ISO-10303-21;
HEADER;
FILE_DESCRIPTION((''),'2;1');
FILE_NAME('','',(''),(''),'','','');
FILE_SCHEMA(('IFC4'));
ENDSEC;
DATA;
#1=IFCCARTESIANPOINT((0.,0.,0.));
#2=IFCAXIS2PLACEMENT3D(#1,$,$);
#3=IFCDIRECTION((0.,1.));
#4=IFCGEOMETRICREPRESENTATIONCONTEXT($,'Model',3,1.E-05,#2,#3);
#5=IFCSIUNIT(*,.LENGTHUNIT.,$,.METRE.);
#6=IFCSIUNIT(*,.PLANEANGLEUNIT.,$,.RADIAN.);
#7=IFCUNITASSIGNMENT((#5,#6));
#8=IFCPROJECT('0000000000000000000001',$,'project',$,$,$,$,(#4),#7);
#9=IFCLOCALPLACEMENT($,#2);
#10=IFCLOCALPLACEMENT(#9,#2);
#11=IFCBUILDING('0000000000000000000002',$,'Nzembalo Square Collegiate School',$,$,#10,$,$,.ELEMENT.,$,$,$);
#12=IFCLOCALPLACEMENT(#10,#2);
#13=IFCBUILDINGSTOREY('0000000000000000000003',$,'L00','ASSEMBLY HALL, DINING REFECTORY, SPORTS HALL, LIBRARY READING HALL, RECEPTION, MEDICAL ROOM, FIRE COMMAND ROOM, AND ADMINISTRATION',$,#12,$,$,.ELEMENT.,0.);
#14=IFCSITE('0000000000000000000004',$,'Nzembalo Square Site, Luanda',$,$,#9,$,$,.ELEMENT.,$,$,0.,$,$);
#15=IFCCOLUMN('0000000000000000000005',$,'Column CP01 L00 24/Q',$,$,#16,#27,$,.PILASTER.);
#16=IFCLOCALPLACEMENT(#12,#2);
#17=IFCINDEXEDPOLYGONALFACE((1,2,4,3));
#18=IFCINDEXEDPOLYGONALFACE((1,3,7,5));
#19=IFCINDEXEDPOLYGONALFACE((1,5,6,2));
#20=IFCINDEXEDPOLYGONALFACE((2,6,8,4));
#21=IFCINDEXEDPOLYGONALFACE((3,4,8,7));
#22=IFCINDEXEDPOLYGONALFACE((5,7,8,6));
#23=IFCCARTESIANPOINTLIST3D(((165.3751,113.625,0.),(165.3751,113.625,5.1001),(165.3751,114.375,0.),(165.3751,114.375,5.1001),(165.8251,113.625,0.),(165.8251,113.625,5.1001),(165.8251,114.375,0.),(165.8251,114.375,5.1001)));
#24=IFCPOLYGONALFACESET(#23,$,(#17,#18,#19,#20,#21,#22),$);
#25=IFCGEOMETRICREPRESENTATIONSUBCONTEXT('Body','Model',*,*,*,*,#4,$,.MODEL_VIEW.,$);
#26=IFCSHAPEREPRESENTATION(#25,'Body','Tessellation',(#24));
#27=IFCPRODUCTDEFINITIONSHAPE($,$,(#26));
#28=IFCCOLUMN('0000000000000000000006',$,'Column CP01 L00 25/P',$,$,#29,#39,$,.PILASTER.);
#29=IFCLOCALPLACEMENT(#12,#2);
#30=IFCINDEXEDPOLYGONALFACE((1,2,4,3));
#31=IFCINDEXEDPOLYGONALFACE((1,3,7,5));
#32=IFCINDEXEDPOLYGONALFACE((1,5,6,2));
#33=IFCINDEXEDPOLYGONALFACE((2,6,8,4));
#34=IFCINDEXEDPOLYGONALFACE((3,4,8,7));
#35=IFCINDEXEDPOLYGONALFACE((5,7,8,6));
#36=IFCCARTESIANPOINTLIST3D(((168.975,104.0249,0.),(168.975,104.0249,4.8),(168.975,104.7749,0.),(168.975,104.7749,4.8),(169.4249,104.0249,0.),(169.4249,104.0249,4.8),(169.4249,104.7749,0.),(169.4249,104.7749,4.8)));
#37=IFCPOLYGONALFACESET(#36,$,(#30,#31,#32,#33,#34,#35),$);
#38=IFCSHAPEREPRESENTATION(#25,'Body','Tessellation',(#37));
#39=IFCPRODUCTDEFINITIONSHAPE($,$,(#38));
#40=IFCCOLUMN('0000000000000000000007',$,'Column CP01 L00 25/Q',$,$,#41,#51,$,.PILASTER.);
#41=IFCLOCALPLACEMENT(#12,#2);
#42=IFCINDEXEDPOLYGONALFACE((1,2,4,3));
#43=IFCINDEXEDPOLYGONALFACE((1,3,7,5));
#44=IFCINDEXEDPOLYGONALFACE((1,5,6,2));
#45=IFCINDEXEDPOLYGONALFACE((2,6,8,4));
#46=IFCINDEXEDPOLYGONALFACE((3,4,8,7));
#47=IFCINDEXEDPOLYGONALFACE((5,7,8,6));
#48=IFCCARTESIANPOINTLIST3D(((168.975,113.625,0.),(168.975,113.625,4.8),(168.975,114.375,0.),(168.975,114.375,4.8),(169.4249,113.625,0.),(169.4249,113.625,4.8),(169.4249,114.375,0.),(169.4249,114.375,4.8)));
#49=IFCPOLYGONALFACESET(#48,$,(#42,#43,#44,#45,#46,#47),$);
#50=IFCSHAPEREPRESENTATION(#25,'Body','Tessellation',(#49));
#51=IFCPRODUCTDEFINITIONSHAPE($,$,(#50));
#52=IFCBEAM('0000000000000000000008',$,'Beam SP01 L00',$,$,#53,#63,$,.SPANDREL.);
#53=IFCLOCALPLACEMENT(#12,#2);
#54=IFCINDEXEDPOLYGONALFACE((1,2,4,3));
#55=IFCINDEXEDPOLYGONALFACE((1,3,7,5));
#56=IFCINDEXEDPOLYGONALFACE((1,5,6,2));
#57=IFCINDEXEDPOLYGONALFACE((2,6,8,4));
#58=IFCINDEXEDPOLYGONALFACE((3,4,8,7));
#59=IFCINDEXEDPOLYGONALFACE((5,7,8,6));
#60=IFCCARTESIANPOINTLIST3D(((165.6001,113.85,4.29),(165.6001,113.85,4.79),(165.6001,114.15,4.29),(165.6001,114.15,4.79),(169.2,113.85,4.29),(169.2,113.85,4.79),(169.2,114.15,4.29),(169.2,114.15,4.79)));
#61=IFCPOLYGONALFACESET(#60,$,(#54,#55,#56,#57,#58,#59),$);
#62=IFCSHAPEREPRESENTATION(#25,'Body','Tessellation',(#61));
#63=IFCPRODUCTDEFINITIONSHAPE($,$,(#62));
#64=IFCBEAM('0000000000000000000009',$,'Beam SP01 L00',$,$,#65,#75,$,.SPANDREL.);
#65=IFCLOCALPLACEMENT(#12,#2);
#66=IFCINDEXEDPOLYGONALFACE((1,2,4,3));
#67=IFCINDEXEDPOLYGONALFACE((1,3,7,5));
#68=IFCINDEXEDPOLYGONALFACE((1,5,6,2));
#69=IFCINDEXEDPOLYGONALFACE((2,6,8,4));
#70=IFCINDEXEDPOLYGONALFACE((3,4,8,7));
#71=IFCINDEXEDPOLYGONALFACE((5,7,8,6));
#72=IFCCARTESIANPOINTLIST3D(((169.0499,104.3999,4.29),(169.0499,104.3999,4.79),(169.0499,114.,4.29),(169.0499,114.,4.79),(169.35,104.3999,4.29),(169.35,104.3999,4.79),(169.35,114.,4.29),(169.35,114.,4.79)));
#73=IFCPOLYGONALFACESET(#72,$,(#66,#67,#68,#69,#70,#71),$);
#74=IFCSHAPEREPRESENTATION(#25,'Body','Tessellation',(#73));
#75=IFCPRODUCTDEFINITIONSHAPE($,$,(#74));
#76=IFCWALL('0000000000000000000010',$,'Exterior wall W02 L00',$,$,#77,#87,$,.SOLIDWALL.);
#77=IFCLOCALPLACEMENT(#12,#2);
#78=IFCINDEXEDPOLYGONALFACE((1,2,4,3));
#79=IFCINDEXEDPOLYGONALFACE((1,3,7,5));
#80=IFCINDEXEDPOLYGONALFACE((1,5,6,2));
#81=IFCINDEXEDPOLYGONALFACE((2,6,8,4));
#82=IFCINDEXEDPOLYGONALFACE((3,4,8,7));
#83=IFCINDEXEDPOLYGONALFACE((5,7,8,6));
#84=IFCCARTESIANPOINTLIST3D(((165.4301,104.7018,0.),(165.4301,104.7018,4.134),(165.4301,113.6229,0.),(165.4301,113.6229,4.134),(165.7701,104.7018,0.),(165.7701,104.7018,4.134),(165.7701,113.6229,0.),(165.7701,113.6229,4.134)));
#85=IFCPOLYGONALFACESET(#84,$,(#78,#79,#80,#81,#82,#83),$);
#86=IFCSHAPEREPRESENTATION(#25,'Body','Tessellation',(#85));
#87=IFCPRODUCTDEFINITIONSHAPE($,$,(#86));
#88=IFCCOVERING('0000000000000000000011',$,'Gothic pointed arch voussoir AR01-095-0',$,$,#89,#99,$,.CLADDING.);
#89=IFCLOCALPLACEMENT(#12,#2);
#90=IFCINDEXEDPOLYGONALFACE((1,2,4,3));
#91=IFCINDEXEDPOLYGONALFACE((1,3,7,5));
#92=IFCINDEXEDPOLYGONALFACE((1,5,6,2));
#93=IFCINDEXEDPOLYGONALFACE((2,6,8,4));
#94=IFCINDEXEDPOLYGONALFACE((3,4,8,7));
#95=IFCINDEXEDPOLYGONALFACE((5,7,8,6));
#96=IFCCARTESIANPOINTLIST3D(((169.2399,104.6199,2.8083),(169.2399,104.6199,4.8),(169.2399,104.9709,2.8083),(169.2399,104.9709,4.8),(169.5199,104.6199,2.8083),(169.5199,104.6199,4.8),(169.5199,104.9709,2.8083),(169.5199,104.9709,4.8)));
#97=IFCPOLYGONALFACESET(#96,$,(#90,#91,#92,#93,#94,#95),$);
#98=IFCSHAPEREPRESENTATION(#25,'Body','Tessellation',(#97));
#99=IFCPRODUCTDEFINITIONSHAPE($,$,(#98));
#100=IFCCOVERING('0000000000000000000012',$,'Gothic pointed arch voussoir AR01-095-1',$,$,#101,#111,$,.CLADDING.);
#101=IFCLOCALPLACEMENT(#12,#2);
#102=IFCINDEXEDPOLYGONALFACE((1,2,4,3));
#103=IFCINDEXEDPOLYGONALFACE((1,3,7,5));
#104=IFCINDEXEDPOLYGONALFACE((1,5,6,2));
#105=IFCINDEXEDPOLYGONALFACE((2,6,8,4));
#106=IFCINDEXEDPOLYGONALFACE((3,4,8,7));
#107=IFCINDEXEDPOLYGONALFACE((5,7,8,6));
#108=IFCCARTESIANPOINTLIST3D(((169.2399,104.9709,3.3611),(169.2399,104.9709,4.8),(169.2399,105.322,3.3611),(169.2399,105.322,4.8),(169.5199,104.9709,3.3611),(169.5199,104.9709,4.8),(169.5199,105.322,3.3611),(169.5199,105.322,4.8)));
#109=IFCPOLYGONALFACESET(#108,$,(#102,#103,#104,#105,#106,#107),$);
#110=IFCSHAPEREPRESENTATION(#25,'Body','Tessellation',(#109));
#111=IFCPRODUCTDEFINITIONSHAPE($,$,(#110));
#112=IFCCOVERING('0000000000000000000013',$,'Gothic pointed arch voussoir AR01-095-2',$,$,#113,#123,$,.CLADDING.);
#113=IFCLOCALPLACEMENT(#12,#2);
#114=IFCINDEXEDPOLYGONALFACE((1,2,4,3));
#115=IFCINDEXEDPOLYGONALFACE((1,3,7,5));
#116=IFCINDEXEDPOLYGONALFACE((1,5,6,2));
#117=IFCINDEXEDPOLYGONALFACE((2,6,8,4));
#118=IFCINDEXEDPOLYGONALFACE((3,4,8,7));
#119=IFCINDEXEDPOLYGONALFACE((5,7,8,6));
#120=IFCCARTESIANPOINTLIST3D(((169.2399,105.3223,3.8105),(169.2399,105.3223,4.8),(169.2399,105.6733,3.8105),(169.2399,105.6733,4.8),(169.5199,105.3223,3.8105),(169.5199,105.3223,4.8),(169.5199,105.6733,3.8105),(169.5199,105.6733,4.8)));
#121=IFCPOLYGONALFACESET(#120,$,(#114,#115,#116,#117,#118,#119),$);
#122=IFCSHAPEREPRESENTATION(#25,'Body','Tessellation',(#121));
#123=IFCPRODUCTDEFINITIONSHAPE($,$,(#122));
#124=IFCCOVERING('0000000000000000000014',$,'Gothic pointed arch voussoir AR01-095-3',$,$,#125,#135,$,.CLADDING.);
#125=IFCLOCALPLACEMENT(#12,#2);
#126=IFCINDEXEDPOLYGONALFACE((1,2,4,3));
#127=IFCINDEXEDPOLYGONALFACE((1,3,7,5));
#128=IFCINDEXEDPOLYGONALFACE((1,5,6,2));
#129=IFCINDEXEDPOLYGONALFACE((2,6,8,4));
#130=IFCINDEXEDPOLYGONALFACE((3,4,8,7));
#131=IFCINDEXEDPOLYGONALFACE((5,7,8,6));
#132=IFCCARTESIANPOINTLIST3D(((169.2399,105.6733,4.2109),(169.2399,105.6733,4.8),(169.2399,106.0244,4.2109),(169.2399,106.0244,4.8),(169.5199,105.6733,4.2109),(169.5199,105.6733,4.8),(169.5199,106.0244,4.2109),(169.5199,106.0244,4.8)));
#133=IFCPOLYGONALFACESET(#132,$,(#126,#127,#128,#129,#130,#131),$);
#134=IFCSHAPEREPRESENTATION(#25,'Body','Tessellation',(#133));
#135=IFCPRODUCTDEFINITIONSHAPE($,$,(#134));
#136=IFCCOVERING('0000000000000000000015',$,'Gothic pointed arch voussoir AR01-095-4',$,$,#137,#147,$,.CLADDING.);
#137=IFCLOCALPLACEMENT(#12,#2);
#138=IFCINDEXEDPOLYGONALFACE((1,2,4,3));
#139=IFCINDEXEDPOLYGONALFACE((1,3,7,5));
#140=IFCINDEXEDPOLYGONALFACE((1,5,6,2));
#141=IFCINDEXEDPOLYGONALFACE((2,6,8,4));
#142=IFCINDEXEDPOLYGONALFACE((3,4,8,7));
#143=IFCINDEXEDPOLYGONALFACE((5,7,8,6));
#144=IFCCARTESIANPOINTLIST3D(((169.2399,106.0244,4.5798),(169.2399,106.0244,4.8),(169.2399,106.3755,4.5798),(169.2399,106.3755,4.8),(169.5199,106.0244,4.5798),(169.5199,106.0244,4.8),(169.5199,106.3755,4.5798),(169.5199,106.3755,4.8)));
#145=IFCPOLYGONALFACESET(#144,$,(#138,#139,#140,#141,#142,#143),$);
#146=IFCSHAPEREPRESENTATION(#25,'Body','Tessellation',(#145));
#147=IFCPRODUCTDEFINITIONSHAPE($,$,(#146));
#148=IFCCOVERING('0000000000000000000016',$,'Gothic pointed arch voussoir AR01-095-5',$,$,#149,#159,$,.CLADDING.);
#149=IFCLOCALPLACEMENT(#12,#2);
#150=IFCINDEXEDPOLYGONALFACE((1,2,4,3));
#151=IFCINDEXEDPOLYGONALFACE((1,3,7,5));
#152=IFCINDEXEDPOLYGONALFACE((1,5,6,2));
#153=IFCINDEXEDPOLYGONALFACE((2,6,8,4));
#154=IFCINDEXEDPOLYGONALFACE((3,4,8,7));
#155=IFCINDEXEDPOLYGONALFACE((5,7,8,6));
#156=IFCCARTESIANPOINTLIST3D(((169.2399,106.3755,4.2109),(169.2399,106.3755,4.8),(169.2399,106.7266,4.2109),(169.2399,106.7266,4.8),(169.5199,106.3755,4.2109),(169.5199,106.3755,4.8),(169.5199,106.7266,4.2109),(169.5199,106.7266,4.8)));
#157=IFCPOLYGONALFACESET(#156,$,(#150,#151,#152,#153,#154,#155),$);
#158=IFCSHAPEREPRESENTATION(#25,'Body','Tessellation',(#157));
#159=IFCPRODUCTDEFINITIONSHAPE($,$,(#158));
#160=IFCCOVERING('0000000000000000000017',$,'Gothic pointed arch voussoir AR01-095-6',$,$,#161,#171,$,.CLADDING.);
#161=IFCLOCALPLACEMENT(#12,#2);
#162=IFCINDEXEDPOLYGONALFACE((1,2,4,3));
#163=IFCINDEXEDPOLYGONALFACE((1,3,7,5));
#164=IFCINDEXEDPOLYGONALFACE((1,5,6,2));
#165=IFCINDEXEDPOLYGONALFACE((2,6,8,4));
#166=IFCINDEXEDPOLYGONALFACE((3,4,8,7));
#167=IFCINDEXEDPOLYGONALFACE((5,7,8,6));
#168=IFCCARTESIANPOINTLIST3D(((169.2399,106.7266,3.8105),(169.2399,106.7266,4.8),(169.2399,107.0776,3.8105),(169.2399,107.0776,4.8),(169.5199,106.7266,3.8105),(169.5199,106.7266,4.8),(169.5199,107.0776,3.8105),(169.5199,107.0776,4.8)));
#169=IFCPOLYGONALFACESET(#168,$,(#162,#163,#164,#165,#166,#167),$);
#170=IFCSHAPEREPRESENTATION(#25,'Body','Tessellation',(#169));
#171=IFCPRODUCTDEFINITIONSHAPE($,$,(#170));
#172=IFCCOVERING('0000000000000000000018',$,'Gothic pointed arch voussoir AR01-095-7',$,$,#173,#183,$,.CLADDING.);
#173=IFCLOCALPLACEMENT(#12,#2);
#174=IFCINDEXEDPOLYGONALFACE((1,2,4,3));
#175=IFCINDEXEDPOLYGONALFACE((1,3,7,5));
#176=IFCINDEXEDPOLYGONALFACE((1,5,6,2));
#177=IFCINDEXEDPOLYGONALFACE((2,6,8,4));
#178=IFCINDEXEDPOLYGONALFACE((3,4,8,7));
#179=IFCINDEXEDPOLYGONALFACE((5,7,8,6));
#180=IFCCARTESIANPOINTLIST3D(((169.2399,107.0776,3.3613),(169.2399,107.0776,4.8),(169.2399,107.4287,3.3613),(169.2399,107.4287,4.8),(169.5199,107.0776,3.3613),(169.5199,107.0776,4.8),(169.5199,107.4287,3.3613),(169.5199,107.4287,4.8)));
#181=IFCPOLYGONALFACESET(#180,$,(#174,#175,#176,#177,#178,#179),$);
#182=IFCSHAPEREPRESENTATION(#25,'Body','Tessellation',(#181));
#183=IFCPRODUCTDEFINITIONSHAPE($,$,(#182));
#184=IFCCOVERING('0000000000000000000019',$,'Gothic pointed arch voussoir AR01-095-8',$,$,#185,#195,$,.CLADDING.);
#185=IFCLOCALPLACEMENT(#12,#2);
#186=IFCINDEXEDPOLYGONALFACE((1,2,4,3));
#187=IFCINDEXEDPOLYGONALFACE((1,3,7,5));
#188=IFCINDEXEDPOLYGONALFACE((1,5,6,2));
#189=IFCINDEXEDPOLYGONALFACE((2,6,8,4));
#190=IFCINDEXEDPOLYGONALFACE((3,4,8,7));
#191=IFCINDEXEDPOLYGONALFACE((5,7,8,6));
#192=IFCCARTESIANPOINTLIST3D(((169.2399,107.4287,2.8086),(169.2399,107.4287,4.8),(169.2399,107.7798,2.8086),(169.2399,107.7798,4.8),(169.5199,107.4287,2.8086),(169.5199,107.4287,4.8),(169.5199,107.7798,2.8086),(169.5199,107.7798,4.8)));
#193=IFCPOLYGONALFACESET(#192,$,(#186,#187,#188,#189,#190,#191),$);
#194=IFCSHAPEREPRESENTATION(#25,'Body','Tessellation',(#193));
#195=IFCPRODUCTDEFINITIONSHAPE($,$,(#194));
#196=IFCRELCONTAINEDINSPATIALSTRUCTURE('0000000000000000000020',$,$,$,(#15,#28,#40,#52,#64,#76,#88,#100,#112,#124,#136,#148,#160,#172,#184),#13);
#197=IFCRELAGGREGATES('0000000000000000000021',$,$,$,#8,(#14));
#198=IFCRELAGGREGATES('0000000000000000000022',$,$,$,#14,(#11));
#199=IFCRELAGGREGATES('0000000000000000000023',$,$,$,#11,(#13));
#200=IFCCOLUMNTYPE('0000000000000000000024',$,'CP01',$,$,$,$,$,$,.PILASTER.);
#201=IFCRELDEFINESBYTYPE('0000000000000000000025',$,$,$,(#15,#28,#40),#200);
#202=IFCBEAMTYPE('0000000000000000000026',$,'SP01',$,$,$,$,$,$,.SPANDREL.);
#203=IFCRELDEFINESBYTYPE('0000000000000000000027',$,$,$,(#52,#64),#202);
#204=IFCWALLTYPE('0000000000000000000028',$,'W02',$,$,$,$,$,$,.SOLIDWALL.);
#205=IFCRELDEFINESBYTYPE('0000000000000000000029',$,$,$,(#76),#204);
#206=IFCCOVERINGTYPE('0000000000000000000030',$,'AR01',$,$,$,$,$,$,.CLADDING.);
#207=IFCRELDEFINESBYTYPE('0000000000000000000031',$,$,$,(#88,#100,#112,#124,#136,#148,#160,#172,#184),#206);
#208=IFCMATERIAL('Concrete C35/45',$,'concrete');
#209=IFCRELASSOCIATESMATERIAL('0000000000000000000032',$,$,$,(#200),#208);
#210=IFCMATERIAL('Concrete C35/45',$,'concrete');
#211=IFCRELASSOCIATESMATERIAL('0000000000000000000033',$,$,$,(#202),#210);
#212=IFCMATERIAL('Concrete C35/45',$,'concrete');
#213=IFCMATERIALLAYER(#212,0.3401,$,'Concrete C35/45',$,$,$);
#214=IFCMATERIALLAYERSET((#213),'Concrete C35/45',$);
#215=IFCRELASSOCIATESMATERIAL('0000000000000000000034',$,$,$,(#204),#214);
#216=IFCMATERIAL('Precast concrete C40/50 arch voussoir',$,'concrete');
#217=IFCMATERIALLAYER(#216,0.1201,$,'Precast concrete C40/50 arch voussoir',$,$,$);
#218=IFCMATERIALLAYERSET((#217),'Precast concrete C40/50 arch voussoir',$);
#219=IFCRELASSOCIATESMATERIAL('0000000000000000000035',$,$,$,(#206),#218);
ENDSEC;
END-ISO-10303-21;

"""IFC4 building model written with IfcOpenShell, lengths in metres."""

from ifc_helpers import new_model, si_unit, direction, frame, frame_2d, origin, origin_2d, place, context, subcontext, project, spatial, rectangle, extrude, material, layer, layer_set, material_profile, profile_set, type_object, element, save


model = new_model("IFC4")

# Units and contexts
model_context = context("Model", 3, precision=1e-05, world=origin(), true_north=direction((0.0, 1.0)))
body_context = subcontext(model_context, "Body", "Model", "MODEL_VIEW")
ifc_project = project(units=[si_unit("LENGTHUNIT", "METRE"), si_unit("PLANEANGLEUNIT", "RADIAN")], contexts=[model_context])

# Site, building, storey
site_placement = place(None, origin())
site = spatial("IfcSite", under=ifc_project, at=site_placement, Name="Nzembalo Square Site, Luanda", CompositionType="ELEMENT", RefElevation=0.0)
building_placement = place(site_placement, origin())
building = spatial("IfcBuilding", under=site, at=building_placement, Name="Nzembalo Square Collegiate School", CompositionType="ELEMENT")
storey_placement = place(building_placement, origin())
storey = spatial("IfcBuildingStorey", under=building, at=storey_placement, Name="L00", Description="ASSEMBLY HALL, DINING REFECTORY, SPORTS HALL, LIBRARY READING HALL, RECEPTION, MEDICAL ROOM, FIRE COMMAND ROOM, AND ADMINISTRATION", CompositionType="ELEMENT", Elevation=0.0)

# Columns
ifc_material_1 = material(Name="Concrete C35/45", Category="concrete")
ifc_material_profile_1 = material_profile(ifc_material_1, rectangle(XDim=0.45, YDim=0.75, at=origin_2d()), Name="RC 450x750")
ifc_profile_set_1 = profile_set([ifc_material_profile_1], Name="Concrete C35/45")
column_type = type_object("IfcColumnType", Name="CP01", PredefinedType="PILASTER", material=ifc_profile_set_1)
column_placement = place(storey_placement, frame((165.6001, 114.0, 0.0), z_axis=(0.0, 0.0, 1.0), x_axis=(1.0, 0.0, 0.0)))
element("IfcColumn", 1, at=column_placement, inside=storey, type_object=column_type, Name="Column CP01 L00 24/Q", PredefinedType="PILASTER", context=body_context, shape_type="SweptSolid", body=[
    extrude(rectangle(XDim=0.45, YDim=0.75, at=origin_2d()), origin(), (0.0, 0.0, 1.0), 5.1001),
])
for number, where, z_axis, x_axis, name in (
    (2, (169.2, 104.3999, 0.0), (0.0, 0.0, 1.0), (1.0, 0.0, 0.0), "Column CP01 L00 25/P"),
    (3, (169.2, 114.0, 0.0), (0.0, 0.0, 1.0), (1.0, 0.0, 0.0), "Column CP01 L00 25/Q"),
):
    element("IfcColumn", number, at=place(storey_placement, frame(where, z_axis=z_axis, x_axis=x_axis)), inside=storey, type_object=column_type, Name=name, PredefinedType="PILASTER", context=body_context, shape_type="SweptSolid", body=[
        extrude(rectangle(XDim=0.45, YDim=0.75, at=origin_2d()), origin(), (0.0, 0.0, 1.0), 4.8),
    ])

# Beams
ifc_material_2 = material(Name="Concrete C35/45", Category="concrete")
ifc_material_profile_2 = material_profile(ifc_material_2, rectangle(XDim=0.3, YDim=0.5, at=origin_2d()), Name="RC 300x500")
ifc_profile_set_2 = profile_set([ifc_material_profile_2], Name="Concrete C35/45")
beam_type = type_object("IfcBeamType", Name="SP01", PredefinedType="SPANDREL", material=ifc_profile_set_2)
beam_1_placement = place(storey_placement, frame((165.6001, 114.0, 4.54), z_axis=(1.0, 0.0, 0.0), x_axis=(0.0, 1.0, 0.0)))
element("IfcBeam", 4, at=beam_1_placement, inside=storey, type_object=beam_type, Name="Beam SP01 L00", PredefinedType="SPANDREL", context=body_context, shape_type="SweptSolid", body=[
    extrude(rectangle(XDim=0.3, YDim=0.5, at=origin_2d()), origin(), (0.0, 0.0, 1.0), 3.5999),
])
beam_2_placement = place(storey_placement, frame((169.2, 104.3999, 4.54), z_axis=(0.0, 1.0, 0.0), x_axis=(-1.0, 0.0, 0.0)))
element("IfcBeam", 5, at=beam_2_placement, inside=storey, type_object=beam_type, Name="Beam SP01 L00", PredefinedType="SPANDREL", context=body_context, shape_type="SweptSolid", body=[
    extrude(rectangle(XDim=0.3, YDim=0.5, at=origin_2d()), origin(), (0.0, 0.0, 1.0), 9.6001),
])

# Wall
ifc_material_3 = material(Name="Concrete C35/45", Category="concrete")
ifc_layer_1 = layer(ifc_material_3, 0.3401, Name="Concrete C35/45")
ifc_layer_set_1 = layer_set([ifc_layer_1], Name="Concrete C35/45")
wall_type = type_object("IfcWallType", Name="W02", PredefinedType="SOLIDWALL", material=ifc_layer_set_1)
wall_placement = place(storey_placement, frame((165.6001, 104.7019, 0.0), z_axis=(0.0, 0.0, 1.0), x_axis=(0.0, 1.0, 0.0)))
element("IfcWall", 6, at=wall_placement, inside=storey, type_object=wall_type, Name="Exterior wall W02 L00", PredefinedType="SOLIDWALL", context=body_context, shape_type="SweptSolid", body=[
    extrude(rectangle(XDim=8.9211, YDim=0.3401, at=frame_2d((4.4604, 0.0))), origin(), (0.0, 0.0, 1.0), 4.134),
])

# Coverings
ifc_material_4 = material(Name="Precast concrete C40/50 arch voussoir", Category="concrete")
ifc_layer_2 = layer(ifc_material_4, 0.1201, Name="Precast concrete C40/50 arch voussoir")
ifc_layer_set_2 = layer_set([ifc_layer_2], Name="Precast concrete C40/50 arch voussoir")
covering_type = type_object("IfcCoveringType", Name="AR01", PredefinedType="CLADDING", material=ifc_layer_set_2)
covering_1_placement = place(storey_placement, frame((169.3799, 104.7954, 2.8083), z_axis=(0.0, 0.0, 1.0), x_axis=(1.0, 0.0, 0.0)))
element("IfcCovering", 7, at=covering_1_placement, inside=storey, type_object=covering_type, Name="Gothic pointed arch voussoir AR01-095-0", PredefinedType="CLADDING", context=body_context, shape_type="SweptSolid", body=[
    extrude(rectangle(XDim=0.28, YDim=0.3511, at=origin_2d()), origin(), (0.0, 0.0, 1.0), 1.9917),
])
covering_2_placement = place(storey_placement, frame((169.3799, 105.1465, 3.3611), z_axis=(0.0, 0.0, 1.0), x_axis=(1.0, 0.0, 0.0)))
element("IfcCovering", 8, at=covering_2_placement, inside=storey, type_object=covering_type, Name="Gothic pointed arch voussoir AR01-095-1", PredefinedType="CLADDING", context=body_context, shape_type="SweptSolid", body=[
    extrude(rectangle(XDim=0.28, YDim=0.3511, at=origin_2d()), origin(), (0.0, 0.0, 1.0), 1.439),
])
covering_3_placement = place(storey_placement, frame((169.3799, 105.4978, 3.8105), z_axis=(0.0, 0.0, 1.0), x_axis=(1.0, 0.0, 0.0)))
element("IfcCovering", 9, at=covering_3_placement, inside=storey, type_object=covering_type, Name="Gothic pointed arch voussoir AR01-095-2", PredefinedType="CLADDING", context=body_context, shape_type="SweptSolid", body=[
    extrude(rectangle(XDim=0.28, YDim=0.3511, at=origin_2d()), origin(), (0.0, 0.0, 1.0), 0.9895),
])
covering_4_placement = place(storey_placement, frame((169.3799, 105.8489, 4.2109), z_axis=(0.0, 0.0, 1.0), x_axis=(1.0, 0.0, 0.0)))
element("IfcCovering", 10, at=covering_4_placement, inside=storey, type_object=covering_type, Name="Gothic pointed arch voussoir AR01-095-3", PredefinedType="CLADDING", context=body_context, shape_type="SweptSolid", body=[
    extrude(rectangle(XDim=0.28, YDim=0.3511, at=origin_2d()), origin(), (0.0, 0.0, 1.0), 0.5891),
])
covering_5_placement = place(storey_placement, frame((169.3799, 106.2, 4.5798), z_axis=(0.0, 0.0, 1.0), x_axis=(1.0, 0.0, 0.0)))
element("IfcCovering", 11, at=covering_5_placement, inside=storey, type_object=covering_type, Name="Gothic pointed arch voussoir AR01-095-4", PredefinedType="CLADDING", context=body_context, shape_type="SweptSolid", body=[
    extrude(rectangle(XDim=0.28, YDim=0.3511, at=origin_2d()), origin(), (0.0, 0.0, 1.0), 0.2202),
])
covering_6_placement = place(storey_placement, frame((169.3799, 106.551, 4.2109), z_axis=(0.0, 0.0, 1.0), x_axis=(1.0, 0.0, 0.0)))
element("IfcCovering", 12, at=covering_6_placement, inside=storey, type_object=covering_type, Name="Gothic pointed arch voussoir AR01-095-5", PredefinedType="CLADDING", context=body_context, shape_type="SweptSolid", body=[
    extrude(rectangle(XDim=0.28, YDim=0.3511, at=origin_2d()), origin(), (0.0, 0.0, 1.0), 0.5891),
])
covering_7_placement = place(storey_placement, frame((169.3799, 106.9021, 3.8105), z_axis=(0.0, 0.0, 1.0), x_axis=(1.0, 0.0, 0.0)))
element("IfcCovering", 13, at=covering_7_placement, inside=storey, type_object=covering_type, Name="Gothic pointed arch voussoir AR01-095-6", PredefinedType="CLADDING", context=body_context, shape_type="SweptSolid", body=[
    extrude(rectangle(XDim=0.28, YDim=0.3511, at=origin_2d()), origin(), (0.0, 0.0, 1.0), 0.9895),
])
covering_8_placement = place(storey_placement, frame((169.3799, 107.2532, 3.3613), z_axis=(0.0, 0.0, 1.0), x_axis=(1.0, 0.0, 0.0)))
element("IfcCovering", 14, at=covering_8_placement, inside=storey, type_object=covering_type, Name="Gothic pointed arch voussoir AR01-095-7", PredefinedType="CLADDING", context=body_context, shape_type="SweptSolid", body=[
    extrude(rectangle(XDim=0.28, YDim=0.3511, at=origin_2d()), origin(), (0.0, 0.0, 1.0), 1.4387),
])
covering_9_placement = place(storey_placement, frame((169.3799, 107.6042, 2.8086), z_axis=(0.0, 0.0, 1.0), x_axis=(1.0, 0.0, 0.0)))
element("IfcCovering", 15, at=covering_9_placement, inside=storey, type_object=covering_type, Name="Gothic pointed arch voussoir AR01-095-8", PredefinedType="CLADDING", context=body_context, shape_type="SweptSolid", body=[
    extrude(rectangle(XDim=0.28, YDim=0.3511, at=origin_2d()), origin(), (0.0, 0.0, 1.0), 1.9915),
])

save(model, "model.ifc")
